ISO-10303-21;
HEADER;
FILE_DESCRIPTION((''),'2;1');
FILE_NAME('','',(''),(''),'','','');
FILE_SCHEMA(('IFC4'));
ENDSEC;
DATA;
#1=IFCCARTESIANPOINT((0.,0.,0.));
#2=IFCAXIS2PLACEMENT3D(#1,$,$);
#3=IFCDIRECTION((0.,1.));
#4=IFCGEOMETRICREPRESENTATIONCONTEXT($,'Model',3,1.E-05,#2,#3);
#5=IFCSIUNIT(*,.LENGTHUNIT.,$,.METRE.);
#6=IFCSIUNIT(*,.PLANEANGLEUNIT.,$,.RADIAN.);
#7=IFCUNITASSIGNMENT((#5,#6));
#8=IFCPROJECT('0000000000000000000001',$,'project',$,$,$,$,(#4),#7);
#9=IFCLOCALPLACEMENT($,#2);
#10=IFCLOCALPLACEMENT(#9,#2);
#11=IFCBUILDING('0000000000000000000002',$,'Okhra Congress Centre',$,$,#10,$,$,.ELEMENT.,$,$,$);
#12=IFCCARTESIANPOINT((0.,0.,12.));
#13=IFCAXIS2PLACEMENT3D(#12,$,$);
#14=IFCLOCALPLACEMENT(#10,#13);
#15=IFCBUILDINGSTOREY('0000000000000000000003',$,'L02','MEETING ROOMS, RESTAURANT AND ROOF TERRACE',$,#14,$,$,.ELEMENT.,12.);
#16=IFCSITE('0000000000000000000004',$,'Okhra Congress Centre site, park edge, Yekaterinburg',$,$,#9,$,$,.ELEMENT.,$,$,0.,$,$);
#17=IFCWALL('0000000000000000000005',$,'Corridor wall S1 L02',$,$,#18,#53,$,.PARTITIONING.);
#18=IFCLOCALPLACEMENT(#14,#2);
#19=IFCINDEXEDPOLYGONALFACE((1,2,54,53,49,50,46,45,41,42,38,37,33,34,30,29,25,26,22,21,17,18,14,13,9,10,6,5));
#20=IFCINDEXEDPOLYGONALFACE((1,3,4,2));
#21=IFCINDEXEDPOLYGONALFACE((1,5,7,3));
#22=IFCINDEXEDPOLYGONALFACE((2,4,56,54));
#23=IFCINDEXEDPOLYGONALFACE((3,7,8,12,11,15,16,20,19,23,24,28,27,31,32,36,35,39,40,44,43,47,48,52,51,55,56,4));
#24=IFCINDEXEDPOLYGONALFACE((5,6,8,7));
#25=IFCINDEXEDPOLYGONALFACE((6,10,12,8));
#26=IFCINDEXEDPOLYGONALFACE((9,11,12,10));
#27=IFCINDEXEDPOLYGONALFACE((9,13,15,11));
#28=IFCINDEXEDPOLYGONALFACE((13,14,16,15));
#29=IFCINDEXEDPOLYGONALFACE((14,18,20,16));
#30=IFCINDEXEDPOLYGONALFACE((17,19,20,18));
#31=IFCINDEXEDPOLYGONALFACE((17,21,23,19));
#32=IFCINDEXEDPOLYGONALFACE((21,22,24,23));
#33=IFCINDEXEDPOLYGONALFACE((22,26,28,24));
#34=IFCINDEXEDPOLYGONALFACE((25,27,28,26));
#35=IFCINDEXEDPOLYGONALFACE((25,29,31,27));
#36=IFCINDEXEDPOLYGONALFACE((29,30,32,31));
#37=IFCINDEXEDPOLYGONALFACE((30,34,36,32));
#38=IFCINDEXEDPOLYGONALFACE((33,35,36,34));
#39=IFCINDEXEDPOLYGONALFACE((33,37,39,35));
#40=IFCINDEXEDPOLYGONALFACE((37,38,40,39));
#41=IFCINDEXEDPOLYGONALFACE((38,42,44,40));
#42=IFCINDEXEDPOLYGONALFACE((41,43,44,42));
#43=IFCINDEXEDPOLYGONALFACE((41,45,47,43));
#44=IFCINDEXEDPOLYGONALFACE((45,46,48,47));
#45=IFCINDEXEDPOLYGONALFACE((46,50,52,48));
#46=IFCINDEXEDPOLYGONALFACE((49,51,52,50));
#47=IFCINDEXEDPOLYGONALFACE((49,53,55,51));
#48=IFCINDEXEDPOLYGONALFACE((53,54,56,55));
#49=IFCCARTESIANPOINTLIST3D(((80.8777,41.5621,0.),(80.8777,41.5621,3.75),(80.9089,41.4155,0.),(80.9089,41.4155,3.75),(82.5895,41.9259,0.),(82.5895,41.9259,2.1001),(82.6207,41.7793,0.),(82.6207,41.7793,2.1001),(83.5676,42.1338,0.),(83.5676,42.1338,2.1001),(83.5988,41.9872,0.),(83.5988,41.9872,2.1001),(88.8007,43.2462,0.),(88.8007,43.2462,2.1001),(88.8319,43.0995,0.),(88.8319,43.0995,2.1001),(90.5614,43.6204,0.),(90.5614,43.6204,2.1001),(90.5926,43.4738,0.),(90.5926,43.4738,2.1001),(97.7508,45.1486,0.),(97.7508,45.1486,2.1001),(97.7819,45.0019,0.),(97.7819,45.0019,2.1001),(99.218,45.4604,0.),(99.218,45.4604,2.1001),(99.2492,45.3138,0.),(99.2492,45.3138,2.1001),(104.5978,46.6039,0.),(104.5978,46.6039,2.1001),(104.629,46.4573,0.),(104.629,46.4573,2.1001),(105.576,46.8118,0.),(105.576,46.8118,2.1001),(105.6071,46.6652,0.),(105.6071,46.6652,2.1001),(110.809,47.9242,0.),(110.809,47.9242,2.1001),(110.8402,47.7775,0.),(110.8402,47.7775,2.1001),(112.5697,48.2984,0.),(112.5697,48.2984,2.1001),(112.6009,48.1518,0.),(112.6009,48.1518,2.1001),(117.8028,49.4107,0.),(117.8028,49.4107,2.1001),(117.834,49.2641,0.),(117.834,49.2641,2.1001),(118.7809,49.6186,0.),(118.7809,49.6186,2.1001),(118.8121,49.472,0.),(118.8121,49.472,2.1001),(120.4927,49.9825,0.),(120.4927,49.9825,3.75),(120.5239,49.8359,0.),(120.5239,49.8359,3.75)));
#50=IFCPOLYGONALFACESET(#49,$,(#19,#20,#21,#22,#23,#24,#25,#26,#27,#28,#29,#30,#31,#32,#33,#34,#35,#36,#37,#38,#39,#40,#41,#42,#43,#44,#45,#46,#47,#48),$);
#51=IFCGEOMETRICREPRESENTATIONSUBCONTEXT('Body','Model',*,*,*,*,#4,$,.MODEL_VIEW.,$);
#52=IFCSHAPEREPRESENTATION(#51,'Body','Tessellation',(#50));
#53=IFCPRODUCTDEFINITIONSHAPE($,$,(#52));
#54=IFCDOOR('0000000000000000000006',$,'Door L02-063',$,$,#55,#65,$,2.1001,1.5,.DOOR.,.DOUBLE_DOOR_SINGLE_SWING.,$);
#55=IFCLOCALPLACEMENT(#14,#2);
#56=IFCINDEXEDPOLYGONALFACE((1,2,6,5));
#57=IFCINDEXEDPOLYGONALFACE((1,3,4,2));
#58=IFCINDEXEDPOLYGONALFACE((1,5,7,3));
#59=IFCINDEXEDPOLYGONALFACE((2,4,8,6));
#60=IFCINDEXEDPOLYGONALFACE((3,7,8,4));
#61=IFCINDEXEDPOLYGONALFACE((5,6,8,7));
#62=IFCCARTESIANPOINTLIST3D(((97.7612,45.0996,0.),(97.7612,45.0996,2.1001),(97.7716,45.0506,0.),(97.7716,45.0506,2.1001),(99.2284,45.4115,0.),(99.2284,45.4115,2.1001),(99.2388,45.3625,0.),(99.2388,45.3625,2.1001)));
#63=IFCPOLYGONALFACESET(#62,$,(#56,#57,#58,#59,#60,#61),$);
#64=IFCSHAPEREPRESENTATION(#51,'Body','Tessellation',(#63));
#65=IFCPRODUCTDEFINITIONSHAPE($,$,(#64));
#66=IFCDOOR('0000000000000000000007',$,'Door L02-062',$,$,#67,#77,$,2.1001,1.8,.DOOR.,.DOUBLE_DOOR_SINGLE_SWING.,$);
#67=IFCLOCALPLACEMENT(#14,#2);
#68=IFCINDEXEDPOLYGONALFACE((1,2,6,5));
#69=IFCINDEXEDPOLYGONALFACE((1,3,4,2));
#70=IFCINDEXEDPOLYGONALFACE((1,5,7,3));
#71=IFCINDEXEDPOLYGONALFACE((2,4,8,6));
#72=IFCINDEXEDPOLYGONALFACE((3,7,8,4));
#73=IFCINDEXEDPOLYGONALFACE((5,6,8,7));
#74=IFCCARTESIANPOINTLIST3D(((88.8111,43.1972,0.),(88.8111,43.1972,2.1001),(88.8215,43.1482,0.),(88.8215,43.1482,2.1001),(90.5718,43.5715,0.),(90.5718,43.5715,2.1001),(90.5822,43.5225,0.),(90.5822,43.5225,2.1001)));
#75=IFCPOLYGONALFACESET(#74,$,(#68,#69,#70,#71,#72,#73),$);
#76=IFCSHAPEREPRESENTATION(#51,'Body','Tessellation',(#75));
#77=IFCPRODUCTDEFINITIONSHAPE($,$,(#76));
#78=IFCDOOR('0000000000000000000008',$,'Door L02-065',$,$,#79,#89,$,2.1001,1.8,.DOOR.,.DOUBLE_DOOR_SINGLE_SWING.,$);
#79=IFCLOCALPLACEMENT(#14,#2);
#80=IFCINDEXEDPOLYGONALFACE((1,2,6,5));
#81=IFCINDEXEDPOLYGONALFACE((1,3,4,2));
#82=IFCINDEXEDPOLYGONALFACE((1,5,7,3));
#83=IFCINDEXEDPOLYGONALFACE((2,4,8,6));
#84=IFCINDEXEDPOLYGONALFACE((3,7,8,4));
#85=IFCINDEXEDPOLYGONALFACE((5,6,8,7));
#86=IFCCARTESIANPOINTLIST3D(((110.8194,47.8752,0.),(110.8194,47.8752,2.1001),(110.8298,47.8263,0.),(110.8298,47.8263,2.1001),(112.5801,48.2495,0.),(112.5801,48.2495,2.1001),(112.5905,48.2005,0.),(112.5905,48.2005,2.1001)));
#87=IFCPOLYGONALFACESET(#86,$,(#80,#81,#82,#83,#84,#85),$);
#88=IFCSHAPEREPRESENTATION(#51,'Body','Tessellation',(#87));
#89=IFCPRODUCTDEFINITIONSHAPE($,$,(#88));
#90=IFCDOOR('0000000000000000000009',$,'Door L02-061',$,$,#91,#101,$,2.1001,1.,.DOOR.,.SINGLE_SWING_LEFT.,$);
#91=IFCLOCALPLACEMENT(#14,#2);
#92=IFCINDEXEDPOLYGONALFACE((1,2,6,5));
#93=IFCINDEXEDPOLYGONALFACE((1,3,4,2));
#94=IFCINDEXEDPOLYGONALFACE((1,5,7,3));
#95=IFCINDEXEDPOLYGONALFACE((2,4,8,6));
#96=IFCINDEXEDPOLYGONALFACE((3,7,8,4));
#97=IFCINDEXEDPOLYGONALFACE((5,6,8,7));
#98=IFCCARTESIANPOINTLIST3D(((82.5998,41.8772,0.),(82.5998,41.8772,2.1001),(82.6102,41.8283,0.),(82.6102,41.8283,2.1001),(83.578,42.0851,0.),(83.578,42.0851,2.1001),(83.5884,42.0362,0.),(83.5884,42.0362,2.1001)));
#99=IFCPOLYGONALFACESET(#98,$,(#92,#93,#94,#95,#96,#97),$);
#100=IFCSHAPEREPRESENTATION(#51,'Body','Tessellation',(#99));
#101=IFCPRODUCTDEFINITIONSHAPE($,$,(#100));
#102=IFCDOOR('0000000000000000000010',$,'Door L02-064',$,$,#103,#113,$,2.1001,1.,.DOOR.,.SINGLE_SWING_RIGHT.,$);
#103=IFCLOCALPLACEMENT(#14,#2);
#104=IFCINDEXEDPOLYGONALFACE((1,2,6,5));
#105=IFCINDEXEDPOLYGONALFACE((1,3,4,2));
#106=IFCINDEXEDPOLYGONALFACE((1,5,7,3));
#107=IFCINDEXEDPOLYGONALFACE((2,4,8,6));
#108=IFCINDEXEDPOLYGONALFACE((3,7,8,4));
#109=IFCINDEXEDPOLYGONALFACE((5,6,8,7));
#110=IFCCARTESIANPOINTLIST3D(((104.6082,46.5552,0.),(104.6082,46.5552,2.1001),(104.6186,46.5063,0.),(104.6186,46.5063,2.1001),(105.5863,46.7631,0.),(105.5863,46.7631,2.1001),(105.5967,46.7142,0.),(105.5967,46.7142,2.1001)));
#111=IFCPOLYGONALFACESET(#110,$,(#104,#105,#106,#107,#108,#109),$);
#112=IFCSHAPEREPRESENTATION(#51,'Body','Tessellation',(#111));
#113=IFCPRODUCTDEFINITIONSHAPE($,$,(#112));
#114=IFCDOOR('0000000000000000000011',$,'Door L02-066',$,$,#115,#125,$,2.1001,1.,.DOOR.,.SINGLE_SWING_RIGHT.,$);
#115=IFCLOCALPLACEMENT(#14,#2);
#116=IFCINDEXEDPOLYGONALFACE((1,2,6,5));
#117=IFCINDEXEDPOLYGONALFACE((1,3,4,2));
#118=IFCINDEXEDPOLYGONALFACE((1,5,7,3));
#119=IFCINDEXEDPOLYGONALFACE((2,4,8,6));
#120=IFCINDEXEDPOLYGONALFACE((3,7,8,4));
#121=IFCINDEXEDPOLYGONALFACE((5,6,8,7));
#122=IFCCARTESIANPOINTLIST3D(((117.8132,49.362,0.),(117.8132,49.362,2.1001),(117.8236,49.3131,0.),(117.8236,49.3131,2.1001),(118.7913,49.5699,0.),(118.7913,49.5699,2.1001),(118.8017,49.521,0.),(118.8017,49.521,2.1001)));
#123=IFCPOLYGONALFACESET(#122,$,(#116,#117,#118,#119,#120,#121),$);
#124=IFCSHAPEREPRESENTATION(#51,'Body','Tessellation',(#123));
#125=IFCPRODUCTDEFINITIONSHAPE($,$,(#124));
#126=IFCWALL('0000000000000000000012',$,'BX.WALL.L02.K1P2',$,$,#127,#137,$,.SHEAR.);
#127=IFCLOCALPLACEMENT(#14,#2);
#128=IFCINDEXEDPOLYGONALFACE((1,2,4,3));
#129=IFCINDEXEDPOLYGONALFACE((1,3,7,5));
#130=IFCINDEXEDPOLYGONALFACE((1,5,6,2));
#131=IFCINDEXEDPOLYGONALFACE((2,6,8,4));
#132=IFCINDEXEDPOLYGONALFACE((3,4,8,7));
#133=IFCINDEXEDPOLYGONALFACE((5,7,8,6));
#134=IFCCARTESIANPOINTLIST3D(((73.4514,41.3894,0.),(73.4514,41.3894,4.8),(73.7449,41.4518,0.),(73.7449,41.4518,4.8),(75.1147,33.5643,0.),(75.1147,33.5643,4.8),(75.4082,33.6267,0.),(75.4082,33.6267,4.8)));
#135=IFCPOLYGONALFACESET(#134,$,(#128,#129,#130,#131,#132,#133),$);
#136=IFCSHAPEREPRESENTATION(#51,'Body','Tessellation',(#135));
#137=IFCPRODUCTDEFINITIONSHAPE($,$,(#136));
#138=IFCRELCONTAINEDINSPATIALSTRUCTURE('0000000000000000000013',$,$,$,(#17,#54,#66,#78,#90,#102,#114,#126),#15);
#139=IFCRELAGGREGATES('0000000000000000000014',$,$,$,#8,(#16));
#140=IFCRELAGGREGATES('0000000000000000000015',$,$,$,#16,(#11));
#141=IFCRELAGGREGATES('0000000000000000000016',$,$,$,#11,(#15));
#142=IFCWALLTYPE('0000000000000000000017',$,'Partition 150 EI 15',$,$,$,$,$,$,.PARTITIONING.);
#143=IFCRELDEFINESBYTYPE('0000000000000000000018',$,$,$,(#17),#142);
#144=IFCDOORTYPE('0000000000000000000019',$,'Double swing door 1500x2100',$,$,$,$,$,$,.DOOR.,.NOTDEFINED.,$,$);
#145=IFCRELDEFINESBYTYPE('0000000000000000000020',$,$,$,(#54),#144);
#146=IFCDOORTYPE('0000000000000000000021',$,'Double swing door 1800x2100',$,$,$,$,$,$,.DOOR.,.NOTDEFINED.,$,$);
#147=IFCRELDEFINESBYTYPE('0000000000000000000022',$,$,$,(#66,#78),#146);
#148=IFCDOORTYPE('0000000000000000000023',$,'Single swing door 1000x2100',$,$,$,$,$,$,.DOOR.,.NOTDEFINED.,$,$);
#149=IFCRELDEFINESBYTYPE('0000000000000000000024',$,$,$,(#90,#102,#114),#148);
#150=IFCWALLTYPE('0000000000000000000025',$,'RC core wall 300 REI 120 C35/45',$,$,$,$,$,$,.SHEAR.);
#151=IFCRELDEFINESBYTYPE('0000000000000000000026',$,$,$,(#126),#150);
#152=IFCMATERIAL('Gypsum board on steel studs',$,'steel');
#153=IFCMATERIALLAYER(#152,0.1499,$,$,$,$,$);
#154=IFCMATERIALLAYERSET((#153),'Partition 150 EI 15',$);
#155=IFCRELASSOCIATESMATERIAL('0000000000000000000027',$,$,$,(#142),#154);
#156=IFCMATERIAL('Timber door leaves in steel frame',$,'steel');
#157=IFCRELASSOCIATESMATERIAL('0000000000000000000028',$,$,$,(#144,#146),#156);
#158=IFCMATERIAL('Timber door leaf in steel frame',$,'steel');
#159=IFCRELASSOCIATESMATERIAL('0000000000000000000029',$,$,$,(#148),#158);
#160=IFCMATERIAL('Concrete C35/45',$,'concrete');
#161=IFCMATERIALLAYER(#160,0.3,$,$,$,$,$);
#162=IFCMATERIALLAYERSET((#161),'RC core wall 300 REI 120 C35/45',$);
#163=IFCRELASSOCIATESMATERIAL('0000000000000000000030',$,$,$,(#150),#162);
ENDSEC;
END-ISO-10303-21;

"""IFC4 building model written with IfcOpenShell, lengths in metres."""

from ifc_helpers import new_model, si_unit, direction, frame, frame_2d, origin, place, context, subcontext, project, spatial, rectangle, extrude, material, layer, layer_set, type_object, element, fill, save


model = new_model("IFC4")

# Units and contexts
model_context = context("Model", 3, precision=1e-05, world=origin(), true_north=direction((0.0, 1.0)))
body_context = subcontext(model_context, "Body", "Model", "MODEL_VIEW")
ifc_project = project(units=[si_unit("LENGTHUNIT", "METRE"), si_unit("PLANEANGLEUNIT", "RADIAN")], contexts=[model_context])

# Site, building, storey
site_placement = place(None, origin())
site = spatial("IfcSite", under=ifc_project, at=site_placement, Name="Okhra Congress Centre site, park edge, Yekaterinburg", CompositionType="ELEMENT", RefElevation=0.0)
building_placement = place(site_placement, origin())
building = spatial("IfcBuilding", under=site, at=building_placement, Name="Okhra Congress Centre", CompositionType="ELEMENT")
storey_placement = place(building_placement, frame((0.0, 0.0, 12.0)))
storey = spatial("IfcBuildingStorey", under=building, at=storey_placement, Name="L02", Description="MEETING ROOMS, RESTAURANT AND ROOF TERRACE", CompositionType="ELEMENT", Elevation=12.0)

# Wall, openings, doors
ifc_material_1 = material(Name="Gypsum board on steel studs", Category="steel")
ifc_layer_1 = layer(ifc_material_1, 0.1499)
ifc_layer_set_1 = layer_set([ifc_layer_1], Name="Partition 150 EI 15")
wall_type_1 = type_object("IfcWallType", Name="Partition 150 EI 15", PredefinedType="PARTITIONING", material=ifc_layer_set_1)
wall_1_placement = place(storey_placement, frame((80.8933, 41.4888, 0.0), z_axis=(0.0, 0.0, 1.0), x_axis=(0.978148, 0.207911, 0.0)))
wall_1 = element("IfcWall", 1, at=wall_1_placement, inside=storey, type_object=wall_type_1, Name="Corridor wall S1 L02", PredefinedType="PARTITIONING", context=body_context, shape_type="SweptSolid", body=[
    extrude(rectangle(XDim=40.5, YDim=0.1499, at=frame_2d((20.25, 0.0))), origin(), (0.0, 0.0, 1.0), 3.75),
])
opening_1_placement = place(wall_1_placement, frame((1.75, 0.0, 0.0)))
opening_1 = element("IfcOpeningElement", 2, at=opening_1_placement, cuts=wall_1, PredefinedType="OPENING", context=body_context, shape_type="SweptSolid", body=[
    extrude(rectangle(XDim=1.0, YDim=2.1001, at=frame_2d((0.5, 1.05))), frame((0.0, 0.085, 0.0), z_axis=(0.0, -1.0, 0.0), x_axis=(1.0, 0.0, 0.0)), (0.0, 0.0, 1.0), 0.1699),
])
opening_2_placement = place(wall_1_placement, frame((8.1001, 0.0, 0.0)))
opening_2 = element("IfcOpeningElement", 3, at=opening_2_placement, cuts=wall_1, PredefinedType="OPENING", context=body_context, shape_type="SweptSolid", body=[
    extrude(rectangle(XDim=1.8, YDim=2.1001, at=frame_2d((0.8999, 1.05))), frame((0.0, 0.085, 0.0), z_axis=(0.0, -1.0, 0.0), x_axis=(1.0, 0.0, 0.0)), (0.0, 0.0, 1.0), 0.1699),
])
opening_3_placement = place(wall_1_placement, frame((17.25, 0.0, 0.0)))
opening_3 = element("IfcOpeningElement", 4, at=opening_3_placement, cuts=wall_1, PredefinedType="OPENING", context=body_context, shape_type="SweptSolid", body=[
    extrude(rectangle(XDim=1.5, YDim=2.1001, at=frame_2d((0.75, 1.05))), frame((0.0, 0.085, 0.0), z_axis=(0.0, -1.0, 0.0), x_axis=(1.0, 0.0, 0.0)), (0.0, 0.0, 1.0), 0.1699),
])
opening_4_placement = place(wall_1_placement, frame((24.25, 0.0, 0.0)))
opening_4 = element("IfcOpeningElement", 5, at=opening_4_placement, cuts=wall_1, PredefinedType="OPENING", context=body_context, shape_type="SweptSolid", body=[
    extrude(rectangle(XDim=1.0, YDim=2.1001, at=frame_2d((0.5, 1.05))), frame((0.0, 0.085, 0.0), z_axis=(0.0, -1.0, 0.0), x_axis=(1.0, 0.0, 0.0)), (0.0, 0.0, 1.0), 0.1699),
])
opening_5_placement = place(wall_1_placement, frame((30.6001, 0.0, 0.0)))
opening_5 = element("IfcOpeningElement", 6, at=opening_5_placement, cuts=wall_1, PredefinedType="OPENING", context=body_context, shape_type="SweptSolid", body=[
    extrude(rectangle(XDim=1.8, YDim=2.1001, at=frame_2d((0.8999, 1.05))), frame((0.0, 0.085, 0.0), z_axis=(0.0, -1.0, 0.0), x_axis=(1.0, 0.0, 0.0)), (0.0, 0.0, 1.0), 0.1699),
])
opening_6_placement = place(wall_1_placement, frame((37.75, 0.0, 0.0)))
opening_6 = element("IfcOpeningElement", 7, at=opening_6_placement, cuts=wall_1, PredefinedType="OPENING", context=body_context, shape_type="SweptSolid", body=[
    extrude(rectangle(XDim=1.0, YDim=2.1001, at=frame_2d((0.5, 1.05))), frame((0.0, 0.085, 0.0), z_axis=(0.0, -1.0, 0.0), x_axis=(1.0, 0.0, 0.0)), (0.0, 0.0, 1.0), 0.1699),
])
ifc_material_2 = material(Name="Timber door leaves in steel frame", Category="steel")
door_type_1 = type_object("IfcDoorType", Name="Double swing door 1500x2100", OperationType="NOTDEFINED", PredefinedType="DOOR", material=ifc_material_2)
door_1_placement = place(opening_3_placement, origin())
door_1 = element("IfcDoor", 8, at=door_1_placement, inside=storey, type_object=door_type_1, Name="Door L02-063", OperationType="DOUBLE_DOOR_SINGLE_SWING", OverallHeight=2.1001, OverallWidth=1.5, PredefinedType="DOOR", context=body_context, shape_type="SweptSolid", body=[
    extrude(rectangle(XDim=1.5, YDim=2.1001, at=frame_2d((0.75, 1.05))), frame((0.0, 0.0249, 0.0), z_axis=(0.0, -1.0, 0.0), x_axis=(1.0, 0.0, 0.0)), (0.0, 0.0, 1.0), 0.05),
])
fill(opening_3, door_1)
door_type_2 = type_object("IfcDoorType", Name="Double swing door 1800x2100", OperationType="NOTDEFINED", PredefinedType="DOOR", material=ifc_material_2)
door_2_placement = place(opening_2_placement, origin())
door_2 = element("IfcDoor", 9, at=door_2_placement, inside=storey, type_object=door_type_2, Name="Door L02-062", OperationType="DOUBLE_DOOR_SINGLE_SWING", OverallHeight=2.1001, OverallWidth=1.8, PredefinedType="DOOR", context=body_context, shape_type="SweptSolid", body=[
    extrude(rectangle(XDim=1.8, YDim=2.1001, at=frame_2d((0.8999, 1.05))), frame((0.0, 0.0249, 0.0), z_axis=(0.0, -1.0, 0.0), x_axis=(1.0, 0.0, 0.0)), (0.0, 0.0, 1.0), 0.05),
])
fill(opening_2, door_2)
door_3_placement = place(opening_5_placement, origin())
door_3 = element("IfcDoor", 10, at=door_3_placement, inside=storey, type_object=door_type_2, Name="Door L02-065", OperationType="DOUBLE_DOOR_SINGLE_SWING", OverallHeight=2.1001, OverallWidth=1.8, PredefinedType="DOOR", context=body_context, shape_type="SweptSolid", body=[
    extrude(rectangle(XDim=1.8, YDim=2.1001, at=frame_2d((0.8999, 1.05))), frame((0.0, 0.0249, 0.0), z_axis=(0.0, -1.0, 0.0), x_axis=(1.0, 0.0, 0.0)), (0.0, 0.0, 1.0), 0.05),
])
fill(opening_5, door_3)
ifc_material_3 = material(Name="Timber door leaf in steel frame", Category="steel")
door_type_3 = type_object("IfcDoorType", Name="Single swing door 1000x2100", OperationType="NOTDEFINED", PredefinedType="DOOR", material=ifc_material_3)
door_4_placement = place(opening_1_placement, frame((1.0, 0.0, 0.0), z_axis=(0.0, 0.0, 1.0), x_axis=(-1.0, 0.0, 0.0)))
door_4 = element("IfcDoor", 11, at=door_4_placement, inside=storey, type_object=door_type_3, Name="Door L02-061", OperationType="SINGLE_SWING_LEFT", OverallHeight=2.1001, OverallWidth=1.0, PredefinedType="DOOR", context=body_context, shape_type="SweptSolid", body=[
    extrude(rectangle(XDim=1.0, YDim=2.1001, at=frame_2d((0.5, 1.05))), frame((0.0, 0.0249, 0.0), z_axis=(0.0, -1.0, 0.0), x_axis=(1.0, 0.0, 0.0)), (0.0, 0.0, 1.0), 0.05),
])
fill(opening_1, door_4)
door_5_placement = place(opening_4_placement, frame((1.0, 0.0, 0.0), z_axis=(0.0, 0.0, 1.0), x_axis=(-1.0, 0.0, 0.0)))
door_5 = element("IfcDoor", 12, at=door_5_placement, inside=storey, type_object=door_type_3, Name="Door L02-064", OperationType="SINGLE_SWING_RIGHT", OverallHeight=2.1001, OverallWidth=1.0, PredefinedType="DOOR", context=body_context, shape_type="SweptSolid", body=[
    extrude(rectangle(XDim=1.0, YDim=2.1001, at=frame_2d((0.5, 1.05))), frame((0.0, 0.0249, 0.0), z_axis=(0.0, -1.0, 0.0), x_axis=(1.0, 0.0, 0.0)), (0.0, 0.0, 1.0), 0.05),
])
fill(opening_4, door_5)
door_6_placement = place(opening_6_placement, frame((1.0, 0.0, 0.0), z_axis=(0.0, 0.0, 1.0), x_axis=(-1.0, 0.0, 0.0)))
door_6 = element("IfcDoor", 13, at=door_6_placement, inside=storey, type_object=door_type_3, Name="Door L02-066", OperationType="SINGLE_SWING_RIGHT", OverallHeight=2.1001, OverallWidth=1.0, PredefinedType="DOOR", context=body_context, shape_type="SweptSolid", body=[
    extrude(rectangle(XDim=1.0, YDim=2.1001, at=frame_2d((0.5, 1.05))), frame((0.0, 0.0249, 0.0), z_axis=(0.0, -1.0, 0.0), x_axis=(1.0, 0.0, 0.0)), (0.0, 0.0, 1.0), 0.05),
])
fill(opening_6, door_6)

# Wall
ifc_material_4 = material(Name="Concrete C35/45", Category="concrete")
ifc_layer_2 = layer(ifc_material_4, 0.3)
ifc_layer_set_2 = layer_set([ifc_layer_2], Name="RC core wall 300 REI 120 C35/45")
wall_type_2 = type_object("IfcWallType", Name="RC core wall 300 REI 120 C35/45", PredefinedType="SHEAR", material=ifc_layer_set_2)
wall_2_placement = place(storey_placement, frame((75.2615, 33.5955, 0.0), z_axis=(0.0, 0.0, 1.0), x_axis=(-0.207916, 0.978147, 0.0)))
element("IfcWall", 14, at=wall_2_placement, inside=storey, type_object=wall_type_2, Name="BX.WALL.L02.K1P2", PredefinedType="SHEAR", context=body_context, shape_type="SweptSolid", body=[
    extrude(rectangle(XDim=8.0, YDim=0.3, at=frame_2d((4.0, 0.0))), origin(), (0.0, 0.0, 1.0), 4.8),
])

save(model, "model.ifc")
